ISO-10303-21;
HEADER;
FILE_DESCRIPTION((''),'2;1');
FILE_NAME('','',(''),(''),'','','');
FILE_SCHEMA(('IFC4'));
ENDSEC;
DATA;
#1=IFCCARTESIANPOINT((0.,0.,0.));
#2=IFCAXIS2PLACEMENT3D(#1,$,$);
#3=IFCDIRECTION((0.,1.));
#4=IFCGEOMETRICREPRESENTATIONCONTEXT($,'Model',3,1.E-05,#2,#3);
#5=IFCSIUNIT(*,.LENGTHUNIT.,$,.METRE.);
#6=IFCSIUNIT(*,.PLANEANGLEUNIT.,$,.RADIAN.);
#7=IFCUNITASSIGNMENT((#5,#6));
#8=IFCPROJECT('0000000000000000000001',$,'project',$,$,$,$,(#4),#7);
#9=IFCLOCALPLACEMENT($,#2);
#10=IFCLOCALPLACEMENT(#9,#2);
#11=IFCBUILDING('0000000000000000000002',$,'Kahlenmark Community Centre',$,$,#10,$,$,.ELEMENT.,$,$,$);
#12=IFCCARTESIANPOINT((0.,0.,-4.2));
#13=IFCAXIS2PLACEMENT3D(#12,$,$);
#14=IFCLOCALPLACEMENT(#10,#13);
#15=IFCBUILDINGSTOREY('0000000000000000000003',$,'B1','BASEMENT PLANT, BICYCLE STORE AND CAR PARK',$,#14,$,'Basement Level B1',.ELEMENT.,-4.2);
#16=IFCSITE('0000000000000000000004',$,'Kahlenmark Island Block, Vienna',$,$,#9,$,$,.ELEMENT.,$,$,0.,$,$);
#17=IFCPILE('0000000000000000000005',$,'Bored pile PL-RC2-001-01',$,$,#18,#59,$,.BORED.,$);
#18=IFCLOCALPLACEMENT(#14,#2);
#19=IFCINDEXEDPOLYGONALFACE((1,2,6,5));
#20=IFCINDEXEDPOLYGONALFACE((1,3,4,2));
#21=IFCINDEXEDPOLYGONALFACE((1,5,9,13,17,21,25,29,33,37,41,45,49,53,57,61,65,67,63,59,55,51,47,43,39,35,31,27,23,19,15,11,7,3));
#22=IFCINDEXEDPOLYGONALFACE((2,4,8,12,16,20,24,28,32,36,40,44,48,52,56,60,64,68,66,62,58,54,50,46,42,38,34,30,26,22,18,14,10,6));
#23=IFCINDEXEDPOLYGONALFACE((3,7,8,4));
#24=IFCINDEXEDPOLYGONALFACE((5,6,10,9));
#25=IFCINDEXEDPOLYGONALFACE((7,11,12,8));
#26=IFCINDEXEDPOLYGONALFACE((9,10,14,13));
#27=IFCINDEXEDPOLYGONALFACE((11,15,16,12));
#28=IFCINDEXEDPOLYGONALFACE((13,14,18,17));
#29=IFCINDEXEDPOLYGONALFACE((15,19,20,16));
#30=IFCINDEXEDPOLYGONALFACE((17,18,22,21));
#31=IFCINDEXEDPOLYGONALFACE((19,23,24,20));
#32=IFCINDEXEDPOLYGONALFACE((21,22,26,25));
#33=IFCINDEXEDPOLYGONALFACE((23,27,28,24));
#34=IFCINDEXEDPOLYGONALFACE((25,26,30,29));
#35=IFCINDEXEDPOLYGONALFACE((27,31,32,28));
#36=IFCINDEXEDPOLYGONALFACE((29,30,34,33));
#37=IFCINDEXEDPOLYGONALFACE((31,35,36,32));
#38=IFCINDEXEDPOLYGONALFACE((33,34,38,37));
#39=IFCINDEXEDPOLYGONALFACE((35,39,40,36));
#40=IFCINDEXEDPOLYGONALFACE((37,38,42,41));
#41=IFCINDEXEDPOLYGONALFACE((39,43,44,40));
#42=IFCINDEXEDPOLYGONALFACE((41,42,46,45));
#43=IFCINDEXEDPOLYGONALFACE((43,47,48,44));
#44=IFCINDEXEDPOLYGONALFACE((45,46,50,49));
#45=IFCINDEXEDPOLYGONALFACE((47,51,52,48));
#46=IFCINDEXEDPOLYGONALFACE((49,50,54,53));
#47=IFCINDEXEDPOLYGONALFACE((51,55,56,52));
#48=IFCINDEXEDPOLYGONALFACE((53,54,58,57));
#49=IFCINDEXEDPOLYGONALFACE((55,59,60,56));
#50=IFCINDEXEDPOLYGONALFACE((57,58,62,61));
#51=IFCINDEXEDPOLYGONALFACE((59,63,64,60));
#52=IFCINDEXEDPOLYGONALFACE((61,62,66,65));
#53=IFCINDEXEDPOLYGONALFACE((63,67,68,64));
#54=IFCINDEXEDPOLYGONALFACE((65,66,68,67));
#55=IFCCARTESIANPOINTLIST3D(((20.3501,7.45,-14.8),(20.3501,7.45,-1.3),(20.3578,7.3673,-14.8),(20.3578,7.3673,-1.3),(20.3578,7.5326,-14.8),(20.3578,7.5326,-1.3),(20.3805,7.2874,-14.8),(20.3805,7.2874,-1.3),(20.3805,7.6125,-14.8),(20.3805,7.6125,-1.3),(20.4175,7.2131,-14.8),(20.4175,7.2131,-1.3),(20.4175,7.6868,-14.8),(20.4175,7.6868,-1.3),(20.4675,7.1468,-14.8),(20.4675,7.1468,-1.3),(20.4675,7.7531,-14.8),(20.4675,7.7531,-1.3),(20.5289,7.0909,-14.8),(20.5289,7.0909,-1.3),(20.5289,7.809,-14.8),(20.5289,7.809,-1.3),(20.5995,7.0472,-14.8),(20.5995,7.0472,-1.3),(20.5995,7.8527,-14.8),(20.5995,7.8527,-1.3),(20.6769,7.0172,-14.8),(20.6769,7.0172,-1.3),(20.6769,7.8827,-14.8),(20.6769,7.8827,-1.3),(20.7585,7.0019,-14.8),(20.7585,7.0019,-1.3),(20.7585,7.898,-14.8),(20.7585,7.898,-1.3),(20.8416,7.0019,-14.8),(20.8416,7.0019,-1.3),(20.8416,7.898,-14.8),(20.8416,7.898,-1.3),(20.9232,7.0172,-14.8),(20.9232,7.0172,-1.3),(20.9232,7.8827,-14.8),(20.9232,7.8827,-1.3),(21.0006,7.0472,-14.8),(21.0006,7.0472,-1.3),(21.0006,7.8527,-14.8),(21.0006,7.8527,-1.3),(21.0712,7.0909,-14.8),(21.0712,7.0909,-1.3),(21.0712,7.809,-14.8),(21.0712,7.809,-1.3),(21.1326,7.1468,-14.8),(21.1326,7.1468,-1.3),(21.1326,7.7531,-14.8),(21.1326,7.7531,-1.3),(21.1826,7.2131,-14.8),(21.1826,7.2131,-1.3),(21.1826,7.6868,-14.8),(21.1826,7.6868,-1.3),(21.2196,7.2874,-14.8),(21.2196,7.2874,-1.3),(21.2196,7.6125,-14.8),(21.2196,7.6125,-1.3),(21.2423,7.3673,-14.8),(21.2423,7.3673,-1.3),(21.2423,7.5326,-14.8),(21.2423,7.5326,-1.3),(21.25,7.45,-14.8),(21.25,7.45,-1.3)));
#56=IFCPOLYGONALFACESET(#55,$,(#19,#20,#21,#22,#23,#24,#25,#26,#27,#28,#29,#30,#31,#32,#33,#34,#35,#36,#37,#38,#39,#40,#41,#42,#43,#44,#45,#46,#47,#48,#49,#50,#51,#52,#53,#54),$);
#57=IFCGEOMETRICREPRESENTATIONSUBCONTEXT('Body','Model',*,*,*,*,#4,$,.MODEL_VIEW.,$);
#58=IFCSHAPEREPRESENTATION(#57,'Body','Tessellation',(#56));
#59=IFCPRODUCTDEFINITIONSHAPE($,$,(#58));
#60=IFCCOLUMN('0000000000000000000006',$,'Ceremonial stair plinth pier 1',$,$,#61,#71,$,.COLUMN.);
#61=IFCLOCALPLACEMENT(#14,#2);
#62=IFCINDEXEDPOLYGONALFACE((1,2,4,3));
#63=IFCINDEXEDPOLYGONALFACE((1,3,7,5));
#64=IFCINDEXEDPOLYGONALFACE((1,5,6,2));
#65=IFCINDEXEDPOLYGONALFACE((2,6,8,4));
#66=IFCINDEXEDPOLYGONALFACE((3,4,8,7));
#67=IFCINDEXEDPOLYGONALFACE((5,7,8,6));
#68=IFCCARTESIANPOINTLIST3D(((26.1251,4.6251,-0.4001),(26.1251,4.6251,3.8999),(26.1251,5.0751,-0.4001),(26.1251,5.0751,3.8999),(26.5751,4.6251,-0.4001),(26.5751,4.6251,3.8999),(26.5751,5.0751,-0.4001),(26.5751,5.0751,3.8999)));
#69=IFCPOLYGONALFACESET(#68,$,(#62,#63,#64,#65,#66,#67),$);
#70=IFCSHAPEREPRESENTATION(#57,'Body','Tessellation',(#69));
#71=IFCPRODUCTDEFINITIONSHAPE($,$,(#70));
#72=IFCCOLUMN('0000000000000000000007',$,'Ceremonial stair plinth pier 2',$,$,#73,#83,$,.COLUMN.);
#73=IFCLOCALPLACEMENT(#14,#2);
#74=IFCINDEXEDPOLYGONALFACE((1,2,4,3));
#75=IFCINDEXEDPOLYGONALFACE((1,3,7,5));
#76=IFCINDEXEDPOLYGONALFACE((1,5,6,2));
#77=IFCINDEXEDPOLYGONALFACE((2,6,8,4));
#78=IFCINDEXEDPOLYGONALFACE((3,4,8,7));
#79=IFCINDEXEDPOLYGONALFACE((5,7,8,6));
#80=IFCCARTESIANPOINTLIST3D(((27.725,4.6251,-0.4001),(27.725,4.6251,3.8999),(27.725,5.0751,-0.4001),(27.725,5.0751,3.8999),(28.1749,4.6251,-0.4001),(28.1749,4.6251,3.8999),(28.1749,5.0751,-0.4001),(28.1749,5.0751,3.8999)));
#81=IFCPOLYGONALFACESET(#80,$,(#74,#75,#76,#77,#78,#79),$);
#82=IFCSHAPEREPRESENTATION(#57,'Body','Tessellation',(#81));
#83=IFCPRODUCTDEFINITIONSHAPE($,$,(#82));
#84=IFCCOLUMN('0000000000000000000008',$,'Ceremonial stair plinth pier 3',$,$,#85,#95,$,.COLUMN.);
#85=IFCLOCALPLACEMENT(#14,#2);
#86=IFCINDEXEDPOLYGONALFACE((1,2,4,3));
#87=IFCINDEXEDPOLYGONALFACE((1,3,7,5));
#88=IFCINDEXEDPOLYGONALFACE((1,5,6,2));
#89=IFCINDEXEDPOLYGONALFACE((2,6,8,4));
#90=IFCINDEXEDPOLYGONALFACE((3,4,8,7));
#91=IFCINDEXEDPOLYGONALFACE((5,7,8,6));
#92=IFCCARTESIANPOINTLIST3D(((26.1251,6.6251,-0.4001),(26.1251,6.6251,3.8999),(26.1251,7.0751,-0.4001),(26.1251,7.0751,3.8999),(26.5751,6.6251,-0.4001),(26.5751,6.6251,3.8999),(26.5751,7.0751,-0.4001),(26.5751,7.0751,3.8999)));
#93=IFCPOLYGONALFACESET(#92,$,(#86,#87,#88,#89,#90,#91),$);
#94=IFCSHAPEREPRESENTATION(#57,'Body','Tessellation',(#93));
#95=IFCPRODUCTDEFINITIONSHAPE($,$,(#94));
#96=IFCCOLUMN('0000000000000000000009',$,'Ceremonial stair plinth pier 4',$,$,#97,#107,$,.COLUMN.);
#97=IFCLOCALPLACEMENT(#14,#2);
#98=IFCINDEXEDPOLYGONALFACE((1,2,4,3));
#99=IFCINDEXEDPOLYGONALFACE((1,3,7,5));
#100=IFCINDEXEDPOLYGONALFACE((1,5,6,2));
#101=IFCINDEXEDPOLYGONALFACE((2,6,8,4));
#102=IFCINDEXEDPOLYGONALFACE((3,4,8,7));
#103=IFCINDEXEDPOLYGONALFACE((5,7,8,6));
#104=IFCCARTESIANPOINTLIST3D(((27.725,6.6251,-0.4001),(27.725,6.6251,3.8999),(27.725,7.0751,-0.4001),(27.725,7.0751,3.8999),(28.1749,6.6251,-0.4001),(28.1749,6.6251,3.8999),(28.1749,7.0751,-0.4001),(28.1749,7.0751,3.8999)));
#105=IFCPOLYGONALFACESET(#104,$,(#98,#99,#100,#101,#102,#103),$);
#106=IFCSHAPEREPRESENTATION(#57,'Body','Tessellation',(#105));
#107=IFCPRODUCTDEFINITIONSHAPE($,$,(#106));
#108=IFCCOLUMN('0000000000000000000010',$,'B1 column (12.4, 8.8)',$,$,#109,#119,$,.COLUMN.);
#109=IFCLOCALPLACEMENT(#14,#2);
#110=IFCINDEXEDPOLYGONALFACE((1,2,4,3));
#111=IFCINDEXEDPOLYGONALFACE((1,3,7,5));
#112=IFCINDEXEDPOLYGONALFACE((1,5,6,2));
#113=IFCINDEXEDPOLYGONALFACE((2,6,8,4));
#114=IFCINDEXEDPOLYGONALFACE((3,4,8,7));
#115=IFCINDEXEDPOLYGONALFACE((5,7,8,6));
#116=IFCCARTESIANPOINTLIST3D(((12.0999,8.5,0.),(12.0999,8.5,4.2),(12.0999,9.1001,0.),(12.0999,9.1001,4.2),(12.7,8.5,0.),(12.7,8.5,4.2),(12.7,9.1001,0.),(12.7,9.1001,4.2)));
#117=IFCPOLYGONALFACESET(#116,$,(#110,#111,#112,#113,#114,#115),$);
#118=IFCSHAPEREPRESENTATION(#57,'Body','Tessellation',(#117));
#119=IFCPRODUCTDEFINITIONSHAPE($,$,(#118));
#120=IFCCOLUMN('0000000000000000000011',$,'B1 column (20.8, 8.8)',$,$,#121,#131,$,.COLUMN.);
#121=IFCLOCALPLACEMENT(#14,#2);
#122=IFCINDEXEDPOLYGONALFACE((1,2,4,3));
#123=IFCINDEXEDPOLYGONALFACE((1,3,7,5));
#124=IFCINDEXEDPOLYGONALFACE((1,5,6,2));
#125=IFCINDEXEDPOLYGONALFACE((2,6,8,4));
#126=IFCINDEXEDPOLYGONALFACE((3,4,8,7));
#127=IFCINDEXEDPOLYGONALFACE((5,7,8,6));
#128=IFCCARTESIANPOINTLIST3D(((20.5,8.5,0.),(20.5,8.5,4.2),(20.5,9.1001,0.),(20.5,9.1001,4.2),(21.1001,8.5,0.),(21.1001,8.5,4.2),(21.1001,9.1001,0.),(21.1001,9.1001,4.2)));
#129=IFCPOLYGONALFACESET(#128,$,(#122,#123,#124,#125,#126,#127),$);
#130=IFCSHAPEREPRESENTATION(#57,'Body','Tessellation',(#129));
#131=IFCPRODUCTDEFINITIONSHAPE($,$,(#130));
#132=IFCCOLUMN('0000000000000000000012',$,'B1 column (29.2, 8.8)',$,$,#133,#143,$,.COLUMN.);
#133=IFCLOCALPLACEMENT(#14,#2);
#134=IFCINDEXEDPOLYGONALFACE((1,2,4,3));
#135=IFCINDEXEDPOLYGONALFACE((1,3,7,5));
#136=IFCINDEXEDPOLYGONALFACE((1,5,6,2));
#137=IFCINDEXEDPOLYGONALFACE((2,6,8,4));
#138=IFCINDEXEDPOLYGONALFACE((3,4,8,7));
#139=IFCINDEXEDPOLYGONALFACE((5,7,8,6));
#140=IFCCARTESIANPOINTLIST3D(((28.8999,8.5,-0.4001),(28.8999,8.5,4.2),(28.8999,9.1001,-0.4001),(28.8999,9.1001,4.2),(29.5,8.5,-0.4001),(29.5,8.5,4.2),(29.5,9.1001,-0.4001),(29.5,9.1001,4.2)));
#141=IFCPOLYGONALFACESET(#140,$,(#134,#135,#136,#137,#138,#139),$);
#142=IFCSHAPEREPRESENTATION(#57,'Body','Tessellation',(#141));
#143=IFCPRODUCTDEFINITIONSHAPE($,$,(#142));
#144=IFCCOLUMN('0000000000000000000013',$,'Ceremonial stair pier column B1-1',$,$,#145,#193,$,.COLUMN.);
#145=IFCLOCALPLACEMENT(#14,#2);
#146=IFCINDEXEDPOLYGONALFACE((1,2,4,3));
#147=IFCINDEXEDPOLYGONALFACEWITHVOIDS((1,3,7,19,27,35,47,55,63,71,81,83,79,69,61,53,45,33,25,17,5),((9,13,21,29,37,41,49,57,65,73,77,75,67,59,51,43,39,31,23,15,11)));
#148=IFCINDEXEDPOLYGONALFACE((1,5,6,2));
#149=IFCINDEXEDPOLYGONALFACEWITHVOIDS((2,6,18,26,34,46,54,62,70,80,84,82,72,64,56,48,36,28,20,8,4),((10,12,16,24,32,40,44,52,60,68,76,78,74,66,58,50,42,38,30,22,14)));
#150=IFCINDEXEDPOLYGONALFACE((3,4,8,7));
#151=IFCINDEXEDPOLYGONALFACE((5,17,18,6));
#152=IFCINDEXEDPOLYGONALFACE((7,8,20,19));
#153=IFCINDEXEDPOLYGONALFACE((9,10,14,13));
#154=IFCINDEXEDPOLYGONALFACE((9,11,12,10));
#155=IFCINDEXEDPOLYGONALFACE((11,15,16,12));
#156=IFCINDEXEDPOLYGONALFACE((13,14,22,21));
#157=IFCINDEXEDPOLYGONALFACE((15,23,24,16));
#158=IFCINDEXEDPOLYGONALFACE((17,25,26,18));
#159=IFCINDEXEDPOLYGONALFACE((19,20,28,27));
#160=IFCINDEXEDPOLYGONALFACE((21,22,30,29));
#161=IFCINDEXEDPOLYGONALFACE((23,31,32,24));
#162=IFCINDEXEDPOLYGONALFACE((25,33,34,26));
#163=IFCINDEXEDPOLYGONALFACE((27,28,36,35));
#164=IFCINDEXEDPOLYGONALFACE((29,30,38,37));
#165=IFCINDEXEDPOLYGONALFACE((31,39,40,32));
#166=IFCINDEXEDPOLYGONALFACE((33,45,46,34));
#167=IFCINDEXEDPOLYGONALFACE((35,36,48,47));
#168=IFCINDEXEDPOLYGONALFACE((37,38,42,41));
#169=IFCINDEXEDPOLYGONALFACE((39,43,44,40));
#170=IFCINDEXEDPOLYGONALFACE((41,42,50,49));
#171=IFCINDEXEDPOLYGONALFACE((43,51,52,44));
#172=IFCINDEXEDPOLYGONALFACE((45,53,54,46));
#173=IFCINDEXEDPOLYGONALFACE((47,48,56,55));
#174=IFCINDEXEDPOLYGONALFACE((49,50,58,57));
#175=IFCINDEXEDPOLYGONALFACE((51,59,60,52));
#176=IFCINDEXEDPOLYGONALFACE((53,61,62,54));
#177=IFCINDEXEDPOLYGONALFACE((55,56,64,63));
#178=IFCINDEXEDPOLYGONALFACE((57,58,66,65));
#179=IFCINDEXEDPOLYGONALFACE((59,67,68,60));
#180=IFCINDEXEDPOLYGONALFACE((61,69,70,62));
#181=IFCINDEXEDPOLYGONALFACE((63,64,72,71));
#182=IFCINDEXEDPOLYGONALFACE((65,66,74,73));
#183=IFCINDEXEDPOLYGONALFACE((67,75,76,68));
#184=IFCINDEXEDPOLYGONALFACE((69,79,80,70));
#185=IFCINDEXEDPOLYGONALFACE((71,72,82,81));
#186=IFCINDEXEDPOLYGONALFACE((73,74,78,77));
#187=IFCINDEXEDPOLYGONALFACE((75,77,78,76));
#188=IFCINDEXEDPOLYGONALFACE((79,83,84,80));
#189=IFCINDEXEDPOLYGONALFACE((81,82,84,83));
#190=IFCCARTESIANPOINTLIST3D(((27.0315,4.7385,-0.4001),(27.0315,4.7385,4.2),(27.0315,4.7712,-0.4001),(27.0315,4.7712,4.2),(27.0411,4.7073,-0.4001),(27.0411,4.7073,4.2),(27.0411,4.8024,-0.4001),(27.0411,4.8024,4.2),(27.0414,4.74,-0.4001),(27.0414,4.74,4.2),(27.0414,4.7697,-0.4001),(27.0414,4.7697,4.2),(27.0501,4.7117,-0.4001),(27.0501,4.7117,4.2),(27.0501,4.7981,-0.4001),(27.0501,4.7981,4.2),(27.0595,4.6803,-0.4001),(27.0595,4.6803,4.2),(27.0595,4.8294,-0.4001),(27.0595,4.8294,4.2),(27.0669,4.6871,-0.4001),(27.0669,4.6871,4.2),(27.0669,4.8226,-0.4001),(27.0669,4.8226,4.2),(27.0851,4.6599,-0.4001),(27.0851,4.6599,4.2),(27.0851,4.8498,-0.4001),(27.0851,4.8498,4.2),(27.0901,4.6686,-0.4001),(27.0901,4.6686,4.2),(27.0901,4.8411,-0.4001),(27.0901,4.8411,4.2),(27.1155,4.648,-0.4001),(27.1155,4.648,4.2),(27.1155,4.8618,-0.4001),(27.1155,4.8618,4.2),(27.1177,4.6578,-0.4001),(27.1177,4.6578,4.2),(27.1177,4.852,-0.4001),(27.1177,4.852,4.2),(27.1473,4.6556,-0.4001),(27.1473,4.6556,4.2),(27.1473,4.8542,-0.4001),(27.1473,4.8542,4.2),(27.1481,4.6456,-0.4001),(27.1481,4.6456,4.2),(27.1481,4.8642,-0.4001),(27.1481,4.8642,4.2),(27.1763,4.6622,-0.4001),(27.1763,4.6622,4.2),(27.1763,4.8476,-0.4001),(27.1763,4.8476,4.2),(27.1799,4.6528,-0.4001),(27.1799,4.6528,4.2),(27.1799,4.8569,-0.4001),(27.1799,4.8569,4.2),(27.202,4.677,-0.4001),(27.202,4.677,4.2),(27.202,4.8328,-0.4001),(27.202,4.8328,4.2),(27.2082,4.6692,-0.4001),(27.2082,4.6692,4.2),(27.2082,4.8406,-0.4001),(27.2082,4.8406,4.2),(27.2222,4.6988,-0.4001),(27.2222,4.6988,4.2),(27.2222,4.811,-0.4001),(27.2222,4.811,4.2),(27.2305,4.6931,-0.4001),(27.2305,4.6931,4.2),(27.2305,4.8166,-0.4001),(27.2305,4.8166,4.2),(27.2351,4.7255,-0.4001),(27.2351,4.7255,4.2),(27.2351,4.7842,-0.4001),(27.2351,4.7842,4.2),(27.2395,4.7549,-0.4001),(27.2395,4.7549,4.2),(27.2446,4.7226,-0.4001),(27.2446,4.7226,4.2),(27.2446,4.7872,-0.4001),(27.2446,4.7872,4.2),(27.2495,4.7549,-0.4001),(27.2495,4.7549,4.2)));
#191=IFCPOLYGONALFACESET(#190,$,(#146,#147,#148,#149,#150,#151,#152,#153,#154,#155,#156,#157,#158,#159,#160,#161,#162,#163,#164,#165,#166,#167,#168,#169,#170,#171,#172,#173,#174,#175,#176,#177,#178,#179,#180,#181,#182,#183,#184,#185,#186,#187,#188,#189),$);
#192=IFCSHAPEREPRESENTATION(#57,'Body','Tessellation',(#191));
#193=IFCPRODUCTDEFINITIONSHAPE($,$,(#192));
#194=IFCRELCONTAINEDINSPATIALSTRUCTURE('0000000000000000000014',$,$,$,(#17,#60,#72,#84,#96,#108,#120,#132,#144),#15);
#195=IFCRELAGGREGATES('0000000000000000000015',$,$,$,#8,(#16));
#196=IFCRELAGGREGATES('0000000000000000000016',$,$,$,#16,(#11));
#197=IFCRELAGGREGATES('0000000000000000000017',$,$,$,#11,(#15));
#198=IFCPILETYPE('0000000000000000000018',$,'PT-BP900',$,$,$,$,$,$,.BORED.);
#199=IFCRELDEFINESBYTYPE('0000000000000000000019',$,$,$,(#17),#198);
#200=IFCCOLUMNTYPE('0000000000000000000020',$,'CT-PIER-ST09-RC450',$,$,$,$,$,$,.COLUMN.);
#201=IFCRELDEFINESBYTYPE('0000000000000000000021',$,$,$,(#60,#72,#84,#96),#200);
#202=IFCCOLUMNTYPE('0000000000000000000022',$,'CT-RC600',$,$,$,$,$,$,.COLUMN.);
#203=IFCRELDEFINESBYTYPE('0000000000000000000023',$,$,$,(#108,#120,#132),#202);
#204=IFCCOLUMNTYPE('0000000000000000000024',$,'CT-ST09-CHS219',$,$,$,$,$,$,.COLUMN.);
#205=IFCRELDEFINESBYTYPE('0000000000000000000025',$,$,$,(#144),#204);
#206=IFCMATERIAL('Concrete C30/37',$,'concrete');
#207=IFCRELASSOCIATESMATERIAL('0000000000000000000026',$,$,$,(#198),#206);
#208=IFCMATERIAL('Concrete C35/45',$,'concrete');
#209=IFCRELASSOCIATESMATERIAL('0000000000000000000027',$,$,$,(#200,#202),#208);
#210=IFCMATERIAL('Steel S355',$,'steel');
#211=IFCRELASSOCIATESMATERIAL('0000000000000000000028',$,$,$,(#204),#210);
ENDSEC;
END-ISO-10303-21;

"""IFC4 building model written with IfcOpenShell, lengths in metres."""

from ifc_helpers import new_model, si_unit, direction, frame, origin, origin_2d, place, context, subcontext, project, spatial, rectangle, circle, hollow_circle, extrude, material, material_profile, profile_set, type_object, element, save


model = new_model("IFC4")

# Units and contexts
model_context = context("Model", 3, precision=1e-05, world=origin(), true_north=direction((0.0, 1.0)))
body_context = subcontext(model_context, "Body", "Model", "MODEL_VIEW")
ifc_project = project(units=[si_unit("LENGTHUNIT", "METRE"), si_unit("PLANEANGLEUNIT", "RADIAN")], contexts=[model_context])

# Site, building, storey
site_placement = place(None, origin())
site = spatial("IfcSite", under=ifc_project, at=site_placement, Name="Kahlenmark Island Block, Vienna", CompositionType="ELEMENT", RefElevation=0.0)
building_placement = place(site_placement, origin())
building = spatial("IfcBuilding", under=site, at=building_placement, Name="Kahlenmark Community Centre", CompositionType="ELEMENT")
storey_placement = place(building_placement, frame((0.0, 0.0, -4.2)))
storey = spatial("IfcBuildingStorey", under=building, at=storey_placement, Name="B1", Description="BASEMENT PLANT, BICYCLE STORE AND CAR PARK", LongName="Basement Level B1", CompositionType="ELEMENT", Elevation=-4.2)

# Shared definitions
ifc_material_1 = material(Name="Concrete C30/37", Category="concrete")

# Pile
ifc_material_profile_1 = material_profile(ifc_material_1, circle(Radius=0.45, at=origin_2d()), Name="BORED PILE 900")
ifc_profile_set_1 = profile_set([ifc_material_profile_1], Name="Concrete C30/37")
pile_type_1 = type_object("IfcPileType", Name="PT-BP900", PredefinedType="BORED", material=ifc_profile_set_1)
pile_1_placement = place(storey_placement, frame((20.8, 7.45, -1.3), z_axis=(0.0, 0.0, -1.0), x_axis=(1.0, 0.0, 0.0)))
element("IfcPile", 1, at=pile_1_placement, inside=storey, type_object=pile_type_1, Name="Bored pile PL-RC2-001-01", PredefinedType="BORED", context=body_context, shape_type="SweptSolid", body=[
    extrude(circle(Radius=0.45, at=origin_2d()), origin(), (0.0, 0.0, 1.0), 13.5),
])

# Columns
ifc_material_2 = material(Name="Concrete C35/45", Category="concrete")
ifc_material_profile_2 = material_profile(ifc_material_2, rectangle(XDim=0.45, YDim=0.45, at=origin_2d()), Name="RC 450x450")
ifc_profile_set_2 = profile_set([ifc_material_profile_2], Name="Concrete C35/45")
column_type_1 = type_object("IfcColumnType", Name="CT-PIER-ST09-RC450", PredefinedType="COLUMN", material=ifc_profile_set_2)
for number, where, z_axis, x_axis, name in (
    (2, (26.3501, 4.8501, -0.4001), (0.0, 0.0, 1.0), (1.0, 0.0, 0.0), "Ceremonial stair plinth pier 1"),
    (3, (27.95, 4.8501, -0.4001), (0.0, 0.0, 1.0), (1.0, 0.0, 0.0), "Ceremonial stair plinth pier 2"),
    (4, (26.3501, 6.8501, -0.4001), (0.0, 0.0, 1.0), (1.0, 0.0, 0.0), "Ceremonial stair plinth pier 3"),
    (5, (27.95, 6.8501, -0.4001), (0.0, 0.0, 1.0), (1.0, 0.0, 0.0), "Ceremonial stair plinth pier 4"),
):
    element("IfcColumn", number, at=place(storey_placement, frame(where, z_axis=z_axis, x_axis=x_axis)), inside=storey, type_object=column_type_1, Name=name, PredefinedType="COLUMN", context=body_context, shape_type="SweptSolid", body=[
        extrude(rectangle(XDim=0.45, YDim=0.45, at=origin_2d()), origin(), (0.0, 0.0, 1.0), 4.3),
    ])
ifc_material_profile_3 = material_profile(ifc_material_2, rectangle(XDim=0.6001, YDim=0.6001, at=origin_2d()), Name="RC 600x600")
ifc_profile_set_3 = profile_set([ifc_material_profile_3], Name="Concrete C35/45")
column_type_2 = type_object("IfcColumnType", Name="CT-RC600", PredefinedType="COLUMN", material=ifc_profile_set_3)
for number, where, z_axis, x_axis, name in (
    (6, (12.3999, 8.8, 0.0), (0.0, 0.0, 1.0), (1.0, 0.0, 0.0), "B1 column (12.4, 8.8)"),
    (7, (20.8, 8.8, 0.0), (0.0, 0.0, 1.0), (1.0, 0.0, 0.0), "B1 column (20.8, 8.8)"),
):
    element("IfcColumn", number, at=place(storey_placement, frame(where, z_axis=z_axis, x_axis=x_axis)), inside=storey, type_object=column_type_2, Name=name, PredefinedType="COLUMN", context=body_context, shape_type="SweptSolid", body=[
        extrude(rectangle(XDim=0.6001, YDim=0.6001, at=origin_2d()), origin(), (0.0, 0.0, 1.0), 4.2),
    ])
column_placement = place(storey_placement, frame((29.2, 8.8, -0.4001), z_axis=(0.0, 0.0, 1.0), x_axis=(1.0, 0.0, 0.0)))
element("IfcColumn", 8, at=column_placement, inside=storey, type_object=column_type_2, Name="B1 column (29.2, 8.8)", PredefinedType="COLUMN", context=body_context, shape_type="SweptSolid", body=[
    extrude(rectangle(XDim=0.6001, YDim=0.6001, at=origin_2d()), origin(), (0.0, 0.0, 1.0), 4.6001),
])
ifc_material_3 = material(Name="Steel S355", Category="steel")
ifc_material_profile_4 = material_profile(ifc_material_3, hollow_circle(Radius=0.1096, WallThickness=0.01, at=origin_2d()), Name="CHS 219.1x10")
ifc_profile_set_4 = profile_set([ifc_material_profile_4], Name="Steel S355")
column_type_3 = type_object("IfcColumnType", Name="CT-ST09-CHS219", PredefinedType="COLUMN", material=ifc_profile_set_4)
for number, where, z_axis, x_axis, name in (
    (9, (27.1399, 4.7549, -0.4001), (0.0, 0.0, 1.0), (1.0, 0.0, 0.0), "Ceremonial stair pier column B1-1"),
):
    element("IfcColumn", number, at=place(storey_placement, frame(where, z_axis=z_axis, x_axis=x_axis)), inside=storey, type_object=column_type_3, Name=name, PredefinedType="COLUMN", context=body_context, shape_type="SweptSolid", body=[
        extrude(hollow_circle(Radius=0.1096, WallThickness=0.01, at=origin_2d()), origin(), (0.0, 0.0, 1.0), 4.6001),
    ])

save(model, "model.ifc")
